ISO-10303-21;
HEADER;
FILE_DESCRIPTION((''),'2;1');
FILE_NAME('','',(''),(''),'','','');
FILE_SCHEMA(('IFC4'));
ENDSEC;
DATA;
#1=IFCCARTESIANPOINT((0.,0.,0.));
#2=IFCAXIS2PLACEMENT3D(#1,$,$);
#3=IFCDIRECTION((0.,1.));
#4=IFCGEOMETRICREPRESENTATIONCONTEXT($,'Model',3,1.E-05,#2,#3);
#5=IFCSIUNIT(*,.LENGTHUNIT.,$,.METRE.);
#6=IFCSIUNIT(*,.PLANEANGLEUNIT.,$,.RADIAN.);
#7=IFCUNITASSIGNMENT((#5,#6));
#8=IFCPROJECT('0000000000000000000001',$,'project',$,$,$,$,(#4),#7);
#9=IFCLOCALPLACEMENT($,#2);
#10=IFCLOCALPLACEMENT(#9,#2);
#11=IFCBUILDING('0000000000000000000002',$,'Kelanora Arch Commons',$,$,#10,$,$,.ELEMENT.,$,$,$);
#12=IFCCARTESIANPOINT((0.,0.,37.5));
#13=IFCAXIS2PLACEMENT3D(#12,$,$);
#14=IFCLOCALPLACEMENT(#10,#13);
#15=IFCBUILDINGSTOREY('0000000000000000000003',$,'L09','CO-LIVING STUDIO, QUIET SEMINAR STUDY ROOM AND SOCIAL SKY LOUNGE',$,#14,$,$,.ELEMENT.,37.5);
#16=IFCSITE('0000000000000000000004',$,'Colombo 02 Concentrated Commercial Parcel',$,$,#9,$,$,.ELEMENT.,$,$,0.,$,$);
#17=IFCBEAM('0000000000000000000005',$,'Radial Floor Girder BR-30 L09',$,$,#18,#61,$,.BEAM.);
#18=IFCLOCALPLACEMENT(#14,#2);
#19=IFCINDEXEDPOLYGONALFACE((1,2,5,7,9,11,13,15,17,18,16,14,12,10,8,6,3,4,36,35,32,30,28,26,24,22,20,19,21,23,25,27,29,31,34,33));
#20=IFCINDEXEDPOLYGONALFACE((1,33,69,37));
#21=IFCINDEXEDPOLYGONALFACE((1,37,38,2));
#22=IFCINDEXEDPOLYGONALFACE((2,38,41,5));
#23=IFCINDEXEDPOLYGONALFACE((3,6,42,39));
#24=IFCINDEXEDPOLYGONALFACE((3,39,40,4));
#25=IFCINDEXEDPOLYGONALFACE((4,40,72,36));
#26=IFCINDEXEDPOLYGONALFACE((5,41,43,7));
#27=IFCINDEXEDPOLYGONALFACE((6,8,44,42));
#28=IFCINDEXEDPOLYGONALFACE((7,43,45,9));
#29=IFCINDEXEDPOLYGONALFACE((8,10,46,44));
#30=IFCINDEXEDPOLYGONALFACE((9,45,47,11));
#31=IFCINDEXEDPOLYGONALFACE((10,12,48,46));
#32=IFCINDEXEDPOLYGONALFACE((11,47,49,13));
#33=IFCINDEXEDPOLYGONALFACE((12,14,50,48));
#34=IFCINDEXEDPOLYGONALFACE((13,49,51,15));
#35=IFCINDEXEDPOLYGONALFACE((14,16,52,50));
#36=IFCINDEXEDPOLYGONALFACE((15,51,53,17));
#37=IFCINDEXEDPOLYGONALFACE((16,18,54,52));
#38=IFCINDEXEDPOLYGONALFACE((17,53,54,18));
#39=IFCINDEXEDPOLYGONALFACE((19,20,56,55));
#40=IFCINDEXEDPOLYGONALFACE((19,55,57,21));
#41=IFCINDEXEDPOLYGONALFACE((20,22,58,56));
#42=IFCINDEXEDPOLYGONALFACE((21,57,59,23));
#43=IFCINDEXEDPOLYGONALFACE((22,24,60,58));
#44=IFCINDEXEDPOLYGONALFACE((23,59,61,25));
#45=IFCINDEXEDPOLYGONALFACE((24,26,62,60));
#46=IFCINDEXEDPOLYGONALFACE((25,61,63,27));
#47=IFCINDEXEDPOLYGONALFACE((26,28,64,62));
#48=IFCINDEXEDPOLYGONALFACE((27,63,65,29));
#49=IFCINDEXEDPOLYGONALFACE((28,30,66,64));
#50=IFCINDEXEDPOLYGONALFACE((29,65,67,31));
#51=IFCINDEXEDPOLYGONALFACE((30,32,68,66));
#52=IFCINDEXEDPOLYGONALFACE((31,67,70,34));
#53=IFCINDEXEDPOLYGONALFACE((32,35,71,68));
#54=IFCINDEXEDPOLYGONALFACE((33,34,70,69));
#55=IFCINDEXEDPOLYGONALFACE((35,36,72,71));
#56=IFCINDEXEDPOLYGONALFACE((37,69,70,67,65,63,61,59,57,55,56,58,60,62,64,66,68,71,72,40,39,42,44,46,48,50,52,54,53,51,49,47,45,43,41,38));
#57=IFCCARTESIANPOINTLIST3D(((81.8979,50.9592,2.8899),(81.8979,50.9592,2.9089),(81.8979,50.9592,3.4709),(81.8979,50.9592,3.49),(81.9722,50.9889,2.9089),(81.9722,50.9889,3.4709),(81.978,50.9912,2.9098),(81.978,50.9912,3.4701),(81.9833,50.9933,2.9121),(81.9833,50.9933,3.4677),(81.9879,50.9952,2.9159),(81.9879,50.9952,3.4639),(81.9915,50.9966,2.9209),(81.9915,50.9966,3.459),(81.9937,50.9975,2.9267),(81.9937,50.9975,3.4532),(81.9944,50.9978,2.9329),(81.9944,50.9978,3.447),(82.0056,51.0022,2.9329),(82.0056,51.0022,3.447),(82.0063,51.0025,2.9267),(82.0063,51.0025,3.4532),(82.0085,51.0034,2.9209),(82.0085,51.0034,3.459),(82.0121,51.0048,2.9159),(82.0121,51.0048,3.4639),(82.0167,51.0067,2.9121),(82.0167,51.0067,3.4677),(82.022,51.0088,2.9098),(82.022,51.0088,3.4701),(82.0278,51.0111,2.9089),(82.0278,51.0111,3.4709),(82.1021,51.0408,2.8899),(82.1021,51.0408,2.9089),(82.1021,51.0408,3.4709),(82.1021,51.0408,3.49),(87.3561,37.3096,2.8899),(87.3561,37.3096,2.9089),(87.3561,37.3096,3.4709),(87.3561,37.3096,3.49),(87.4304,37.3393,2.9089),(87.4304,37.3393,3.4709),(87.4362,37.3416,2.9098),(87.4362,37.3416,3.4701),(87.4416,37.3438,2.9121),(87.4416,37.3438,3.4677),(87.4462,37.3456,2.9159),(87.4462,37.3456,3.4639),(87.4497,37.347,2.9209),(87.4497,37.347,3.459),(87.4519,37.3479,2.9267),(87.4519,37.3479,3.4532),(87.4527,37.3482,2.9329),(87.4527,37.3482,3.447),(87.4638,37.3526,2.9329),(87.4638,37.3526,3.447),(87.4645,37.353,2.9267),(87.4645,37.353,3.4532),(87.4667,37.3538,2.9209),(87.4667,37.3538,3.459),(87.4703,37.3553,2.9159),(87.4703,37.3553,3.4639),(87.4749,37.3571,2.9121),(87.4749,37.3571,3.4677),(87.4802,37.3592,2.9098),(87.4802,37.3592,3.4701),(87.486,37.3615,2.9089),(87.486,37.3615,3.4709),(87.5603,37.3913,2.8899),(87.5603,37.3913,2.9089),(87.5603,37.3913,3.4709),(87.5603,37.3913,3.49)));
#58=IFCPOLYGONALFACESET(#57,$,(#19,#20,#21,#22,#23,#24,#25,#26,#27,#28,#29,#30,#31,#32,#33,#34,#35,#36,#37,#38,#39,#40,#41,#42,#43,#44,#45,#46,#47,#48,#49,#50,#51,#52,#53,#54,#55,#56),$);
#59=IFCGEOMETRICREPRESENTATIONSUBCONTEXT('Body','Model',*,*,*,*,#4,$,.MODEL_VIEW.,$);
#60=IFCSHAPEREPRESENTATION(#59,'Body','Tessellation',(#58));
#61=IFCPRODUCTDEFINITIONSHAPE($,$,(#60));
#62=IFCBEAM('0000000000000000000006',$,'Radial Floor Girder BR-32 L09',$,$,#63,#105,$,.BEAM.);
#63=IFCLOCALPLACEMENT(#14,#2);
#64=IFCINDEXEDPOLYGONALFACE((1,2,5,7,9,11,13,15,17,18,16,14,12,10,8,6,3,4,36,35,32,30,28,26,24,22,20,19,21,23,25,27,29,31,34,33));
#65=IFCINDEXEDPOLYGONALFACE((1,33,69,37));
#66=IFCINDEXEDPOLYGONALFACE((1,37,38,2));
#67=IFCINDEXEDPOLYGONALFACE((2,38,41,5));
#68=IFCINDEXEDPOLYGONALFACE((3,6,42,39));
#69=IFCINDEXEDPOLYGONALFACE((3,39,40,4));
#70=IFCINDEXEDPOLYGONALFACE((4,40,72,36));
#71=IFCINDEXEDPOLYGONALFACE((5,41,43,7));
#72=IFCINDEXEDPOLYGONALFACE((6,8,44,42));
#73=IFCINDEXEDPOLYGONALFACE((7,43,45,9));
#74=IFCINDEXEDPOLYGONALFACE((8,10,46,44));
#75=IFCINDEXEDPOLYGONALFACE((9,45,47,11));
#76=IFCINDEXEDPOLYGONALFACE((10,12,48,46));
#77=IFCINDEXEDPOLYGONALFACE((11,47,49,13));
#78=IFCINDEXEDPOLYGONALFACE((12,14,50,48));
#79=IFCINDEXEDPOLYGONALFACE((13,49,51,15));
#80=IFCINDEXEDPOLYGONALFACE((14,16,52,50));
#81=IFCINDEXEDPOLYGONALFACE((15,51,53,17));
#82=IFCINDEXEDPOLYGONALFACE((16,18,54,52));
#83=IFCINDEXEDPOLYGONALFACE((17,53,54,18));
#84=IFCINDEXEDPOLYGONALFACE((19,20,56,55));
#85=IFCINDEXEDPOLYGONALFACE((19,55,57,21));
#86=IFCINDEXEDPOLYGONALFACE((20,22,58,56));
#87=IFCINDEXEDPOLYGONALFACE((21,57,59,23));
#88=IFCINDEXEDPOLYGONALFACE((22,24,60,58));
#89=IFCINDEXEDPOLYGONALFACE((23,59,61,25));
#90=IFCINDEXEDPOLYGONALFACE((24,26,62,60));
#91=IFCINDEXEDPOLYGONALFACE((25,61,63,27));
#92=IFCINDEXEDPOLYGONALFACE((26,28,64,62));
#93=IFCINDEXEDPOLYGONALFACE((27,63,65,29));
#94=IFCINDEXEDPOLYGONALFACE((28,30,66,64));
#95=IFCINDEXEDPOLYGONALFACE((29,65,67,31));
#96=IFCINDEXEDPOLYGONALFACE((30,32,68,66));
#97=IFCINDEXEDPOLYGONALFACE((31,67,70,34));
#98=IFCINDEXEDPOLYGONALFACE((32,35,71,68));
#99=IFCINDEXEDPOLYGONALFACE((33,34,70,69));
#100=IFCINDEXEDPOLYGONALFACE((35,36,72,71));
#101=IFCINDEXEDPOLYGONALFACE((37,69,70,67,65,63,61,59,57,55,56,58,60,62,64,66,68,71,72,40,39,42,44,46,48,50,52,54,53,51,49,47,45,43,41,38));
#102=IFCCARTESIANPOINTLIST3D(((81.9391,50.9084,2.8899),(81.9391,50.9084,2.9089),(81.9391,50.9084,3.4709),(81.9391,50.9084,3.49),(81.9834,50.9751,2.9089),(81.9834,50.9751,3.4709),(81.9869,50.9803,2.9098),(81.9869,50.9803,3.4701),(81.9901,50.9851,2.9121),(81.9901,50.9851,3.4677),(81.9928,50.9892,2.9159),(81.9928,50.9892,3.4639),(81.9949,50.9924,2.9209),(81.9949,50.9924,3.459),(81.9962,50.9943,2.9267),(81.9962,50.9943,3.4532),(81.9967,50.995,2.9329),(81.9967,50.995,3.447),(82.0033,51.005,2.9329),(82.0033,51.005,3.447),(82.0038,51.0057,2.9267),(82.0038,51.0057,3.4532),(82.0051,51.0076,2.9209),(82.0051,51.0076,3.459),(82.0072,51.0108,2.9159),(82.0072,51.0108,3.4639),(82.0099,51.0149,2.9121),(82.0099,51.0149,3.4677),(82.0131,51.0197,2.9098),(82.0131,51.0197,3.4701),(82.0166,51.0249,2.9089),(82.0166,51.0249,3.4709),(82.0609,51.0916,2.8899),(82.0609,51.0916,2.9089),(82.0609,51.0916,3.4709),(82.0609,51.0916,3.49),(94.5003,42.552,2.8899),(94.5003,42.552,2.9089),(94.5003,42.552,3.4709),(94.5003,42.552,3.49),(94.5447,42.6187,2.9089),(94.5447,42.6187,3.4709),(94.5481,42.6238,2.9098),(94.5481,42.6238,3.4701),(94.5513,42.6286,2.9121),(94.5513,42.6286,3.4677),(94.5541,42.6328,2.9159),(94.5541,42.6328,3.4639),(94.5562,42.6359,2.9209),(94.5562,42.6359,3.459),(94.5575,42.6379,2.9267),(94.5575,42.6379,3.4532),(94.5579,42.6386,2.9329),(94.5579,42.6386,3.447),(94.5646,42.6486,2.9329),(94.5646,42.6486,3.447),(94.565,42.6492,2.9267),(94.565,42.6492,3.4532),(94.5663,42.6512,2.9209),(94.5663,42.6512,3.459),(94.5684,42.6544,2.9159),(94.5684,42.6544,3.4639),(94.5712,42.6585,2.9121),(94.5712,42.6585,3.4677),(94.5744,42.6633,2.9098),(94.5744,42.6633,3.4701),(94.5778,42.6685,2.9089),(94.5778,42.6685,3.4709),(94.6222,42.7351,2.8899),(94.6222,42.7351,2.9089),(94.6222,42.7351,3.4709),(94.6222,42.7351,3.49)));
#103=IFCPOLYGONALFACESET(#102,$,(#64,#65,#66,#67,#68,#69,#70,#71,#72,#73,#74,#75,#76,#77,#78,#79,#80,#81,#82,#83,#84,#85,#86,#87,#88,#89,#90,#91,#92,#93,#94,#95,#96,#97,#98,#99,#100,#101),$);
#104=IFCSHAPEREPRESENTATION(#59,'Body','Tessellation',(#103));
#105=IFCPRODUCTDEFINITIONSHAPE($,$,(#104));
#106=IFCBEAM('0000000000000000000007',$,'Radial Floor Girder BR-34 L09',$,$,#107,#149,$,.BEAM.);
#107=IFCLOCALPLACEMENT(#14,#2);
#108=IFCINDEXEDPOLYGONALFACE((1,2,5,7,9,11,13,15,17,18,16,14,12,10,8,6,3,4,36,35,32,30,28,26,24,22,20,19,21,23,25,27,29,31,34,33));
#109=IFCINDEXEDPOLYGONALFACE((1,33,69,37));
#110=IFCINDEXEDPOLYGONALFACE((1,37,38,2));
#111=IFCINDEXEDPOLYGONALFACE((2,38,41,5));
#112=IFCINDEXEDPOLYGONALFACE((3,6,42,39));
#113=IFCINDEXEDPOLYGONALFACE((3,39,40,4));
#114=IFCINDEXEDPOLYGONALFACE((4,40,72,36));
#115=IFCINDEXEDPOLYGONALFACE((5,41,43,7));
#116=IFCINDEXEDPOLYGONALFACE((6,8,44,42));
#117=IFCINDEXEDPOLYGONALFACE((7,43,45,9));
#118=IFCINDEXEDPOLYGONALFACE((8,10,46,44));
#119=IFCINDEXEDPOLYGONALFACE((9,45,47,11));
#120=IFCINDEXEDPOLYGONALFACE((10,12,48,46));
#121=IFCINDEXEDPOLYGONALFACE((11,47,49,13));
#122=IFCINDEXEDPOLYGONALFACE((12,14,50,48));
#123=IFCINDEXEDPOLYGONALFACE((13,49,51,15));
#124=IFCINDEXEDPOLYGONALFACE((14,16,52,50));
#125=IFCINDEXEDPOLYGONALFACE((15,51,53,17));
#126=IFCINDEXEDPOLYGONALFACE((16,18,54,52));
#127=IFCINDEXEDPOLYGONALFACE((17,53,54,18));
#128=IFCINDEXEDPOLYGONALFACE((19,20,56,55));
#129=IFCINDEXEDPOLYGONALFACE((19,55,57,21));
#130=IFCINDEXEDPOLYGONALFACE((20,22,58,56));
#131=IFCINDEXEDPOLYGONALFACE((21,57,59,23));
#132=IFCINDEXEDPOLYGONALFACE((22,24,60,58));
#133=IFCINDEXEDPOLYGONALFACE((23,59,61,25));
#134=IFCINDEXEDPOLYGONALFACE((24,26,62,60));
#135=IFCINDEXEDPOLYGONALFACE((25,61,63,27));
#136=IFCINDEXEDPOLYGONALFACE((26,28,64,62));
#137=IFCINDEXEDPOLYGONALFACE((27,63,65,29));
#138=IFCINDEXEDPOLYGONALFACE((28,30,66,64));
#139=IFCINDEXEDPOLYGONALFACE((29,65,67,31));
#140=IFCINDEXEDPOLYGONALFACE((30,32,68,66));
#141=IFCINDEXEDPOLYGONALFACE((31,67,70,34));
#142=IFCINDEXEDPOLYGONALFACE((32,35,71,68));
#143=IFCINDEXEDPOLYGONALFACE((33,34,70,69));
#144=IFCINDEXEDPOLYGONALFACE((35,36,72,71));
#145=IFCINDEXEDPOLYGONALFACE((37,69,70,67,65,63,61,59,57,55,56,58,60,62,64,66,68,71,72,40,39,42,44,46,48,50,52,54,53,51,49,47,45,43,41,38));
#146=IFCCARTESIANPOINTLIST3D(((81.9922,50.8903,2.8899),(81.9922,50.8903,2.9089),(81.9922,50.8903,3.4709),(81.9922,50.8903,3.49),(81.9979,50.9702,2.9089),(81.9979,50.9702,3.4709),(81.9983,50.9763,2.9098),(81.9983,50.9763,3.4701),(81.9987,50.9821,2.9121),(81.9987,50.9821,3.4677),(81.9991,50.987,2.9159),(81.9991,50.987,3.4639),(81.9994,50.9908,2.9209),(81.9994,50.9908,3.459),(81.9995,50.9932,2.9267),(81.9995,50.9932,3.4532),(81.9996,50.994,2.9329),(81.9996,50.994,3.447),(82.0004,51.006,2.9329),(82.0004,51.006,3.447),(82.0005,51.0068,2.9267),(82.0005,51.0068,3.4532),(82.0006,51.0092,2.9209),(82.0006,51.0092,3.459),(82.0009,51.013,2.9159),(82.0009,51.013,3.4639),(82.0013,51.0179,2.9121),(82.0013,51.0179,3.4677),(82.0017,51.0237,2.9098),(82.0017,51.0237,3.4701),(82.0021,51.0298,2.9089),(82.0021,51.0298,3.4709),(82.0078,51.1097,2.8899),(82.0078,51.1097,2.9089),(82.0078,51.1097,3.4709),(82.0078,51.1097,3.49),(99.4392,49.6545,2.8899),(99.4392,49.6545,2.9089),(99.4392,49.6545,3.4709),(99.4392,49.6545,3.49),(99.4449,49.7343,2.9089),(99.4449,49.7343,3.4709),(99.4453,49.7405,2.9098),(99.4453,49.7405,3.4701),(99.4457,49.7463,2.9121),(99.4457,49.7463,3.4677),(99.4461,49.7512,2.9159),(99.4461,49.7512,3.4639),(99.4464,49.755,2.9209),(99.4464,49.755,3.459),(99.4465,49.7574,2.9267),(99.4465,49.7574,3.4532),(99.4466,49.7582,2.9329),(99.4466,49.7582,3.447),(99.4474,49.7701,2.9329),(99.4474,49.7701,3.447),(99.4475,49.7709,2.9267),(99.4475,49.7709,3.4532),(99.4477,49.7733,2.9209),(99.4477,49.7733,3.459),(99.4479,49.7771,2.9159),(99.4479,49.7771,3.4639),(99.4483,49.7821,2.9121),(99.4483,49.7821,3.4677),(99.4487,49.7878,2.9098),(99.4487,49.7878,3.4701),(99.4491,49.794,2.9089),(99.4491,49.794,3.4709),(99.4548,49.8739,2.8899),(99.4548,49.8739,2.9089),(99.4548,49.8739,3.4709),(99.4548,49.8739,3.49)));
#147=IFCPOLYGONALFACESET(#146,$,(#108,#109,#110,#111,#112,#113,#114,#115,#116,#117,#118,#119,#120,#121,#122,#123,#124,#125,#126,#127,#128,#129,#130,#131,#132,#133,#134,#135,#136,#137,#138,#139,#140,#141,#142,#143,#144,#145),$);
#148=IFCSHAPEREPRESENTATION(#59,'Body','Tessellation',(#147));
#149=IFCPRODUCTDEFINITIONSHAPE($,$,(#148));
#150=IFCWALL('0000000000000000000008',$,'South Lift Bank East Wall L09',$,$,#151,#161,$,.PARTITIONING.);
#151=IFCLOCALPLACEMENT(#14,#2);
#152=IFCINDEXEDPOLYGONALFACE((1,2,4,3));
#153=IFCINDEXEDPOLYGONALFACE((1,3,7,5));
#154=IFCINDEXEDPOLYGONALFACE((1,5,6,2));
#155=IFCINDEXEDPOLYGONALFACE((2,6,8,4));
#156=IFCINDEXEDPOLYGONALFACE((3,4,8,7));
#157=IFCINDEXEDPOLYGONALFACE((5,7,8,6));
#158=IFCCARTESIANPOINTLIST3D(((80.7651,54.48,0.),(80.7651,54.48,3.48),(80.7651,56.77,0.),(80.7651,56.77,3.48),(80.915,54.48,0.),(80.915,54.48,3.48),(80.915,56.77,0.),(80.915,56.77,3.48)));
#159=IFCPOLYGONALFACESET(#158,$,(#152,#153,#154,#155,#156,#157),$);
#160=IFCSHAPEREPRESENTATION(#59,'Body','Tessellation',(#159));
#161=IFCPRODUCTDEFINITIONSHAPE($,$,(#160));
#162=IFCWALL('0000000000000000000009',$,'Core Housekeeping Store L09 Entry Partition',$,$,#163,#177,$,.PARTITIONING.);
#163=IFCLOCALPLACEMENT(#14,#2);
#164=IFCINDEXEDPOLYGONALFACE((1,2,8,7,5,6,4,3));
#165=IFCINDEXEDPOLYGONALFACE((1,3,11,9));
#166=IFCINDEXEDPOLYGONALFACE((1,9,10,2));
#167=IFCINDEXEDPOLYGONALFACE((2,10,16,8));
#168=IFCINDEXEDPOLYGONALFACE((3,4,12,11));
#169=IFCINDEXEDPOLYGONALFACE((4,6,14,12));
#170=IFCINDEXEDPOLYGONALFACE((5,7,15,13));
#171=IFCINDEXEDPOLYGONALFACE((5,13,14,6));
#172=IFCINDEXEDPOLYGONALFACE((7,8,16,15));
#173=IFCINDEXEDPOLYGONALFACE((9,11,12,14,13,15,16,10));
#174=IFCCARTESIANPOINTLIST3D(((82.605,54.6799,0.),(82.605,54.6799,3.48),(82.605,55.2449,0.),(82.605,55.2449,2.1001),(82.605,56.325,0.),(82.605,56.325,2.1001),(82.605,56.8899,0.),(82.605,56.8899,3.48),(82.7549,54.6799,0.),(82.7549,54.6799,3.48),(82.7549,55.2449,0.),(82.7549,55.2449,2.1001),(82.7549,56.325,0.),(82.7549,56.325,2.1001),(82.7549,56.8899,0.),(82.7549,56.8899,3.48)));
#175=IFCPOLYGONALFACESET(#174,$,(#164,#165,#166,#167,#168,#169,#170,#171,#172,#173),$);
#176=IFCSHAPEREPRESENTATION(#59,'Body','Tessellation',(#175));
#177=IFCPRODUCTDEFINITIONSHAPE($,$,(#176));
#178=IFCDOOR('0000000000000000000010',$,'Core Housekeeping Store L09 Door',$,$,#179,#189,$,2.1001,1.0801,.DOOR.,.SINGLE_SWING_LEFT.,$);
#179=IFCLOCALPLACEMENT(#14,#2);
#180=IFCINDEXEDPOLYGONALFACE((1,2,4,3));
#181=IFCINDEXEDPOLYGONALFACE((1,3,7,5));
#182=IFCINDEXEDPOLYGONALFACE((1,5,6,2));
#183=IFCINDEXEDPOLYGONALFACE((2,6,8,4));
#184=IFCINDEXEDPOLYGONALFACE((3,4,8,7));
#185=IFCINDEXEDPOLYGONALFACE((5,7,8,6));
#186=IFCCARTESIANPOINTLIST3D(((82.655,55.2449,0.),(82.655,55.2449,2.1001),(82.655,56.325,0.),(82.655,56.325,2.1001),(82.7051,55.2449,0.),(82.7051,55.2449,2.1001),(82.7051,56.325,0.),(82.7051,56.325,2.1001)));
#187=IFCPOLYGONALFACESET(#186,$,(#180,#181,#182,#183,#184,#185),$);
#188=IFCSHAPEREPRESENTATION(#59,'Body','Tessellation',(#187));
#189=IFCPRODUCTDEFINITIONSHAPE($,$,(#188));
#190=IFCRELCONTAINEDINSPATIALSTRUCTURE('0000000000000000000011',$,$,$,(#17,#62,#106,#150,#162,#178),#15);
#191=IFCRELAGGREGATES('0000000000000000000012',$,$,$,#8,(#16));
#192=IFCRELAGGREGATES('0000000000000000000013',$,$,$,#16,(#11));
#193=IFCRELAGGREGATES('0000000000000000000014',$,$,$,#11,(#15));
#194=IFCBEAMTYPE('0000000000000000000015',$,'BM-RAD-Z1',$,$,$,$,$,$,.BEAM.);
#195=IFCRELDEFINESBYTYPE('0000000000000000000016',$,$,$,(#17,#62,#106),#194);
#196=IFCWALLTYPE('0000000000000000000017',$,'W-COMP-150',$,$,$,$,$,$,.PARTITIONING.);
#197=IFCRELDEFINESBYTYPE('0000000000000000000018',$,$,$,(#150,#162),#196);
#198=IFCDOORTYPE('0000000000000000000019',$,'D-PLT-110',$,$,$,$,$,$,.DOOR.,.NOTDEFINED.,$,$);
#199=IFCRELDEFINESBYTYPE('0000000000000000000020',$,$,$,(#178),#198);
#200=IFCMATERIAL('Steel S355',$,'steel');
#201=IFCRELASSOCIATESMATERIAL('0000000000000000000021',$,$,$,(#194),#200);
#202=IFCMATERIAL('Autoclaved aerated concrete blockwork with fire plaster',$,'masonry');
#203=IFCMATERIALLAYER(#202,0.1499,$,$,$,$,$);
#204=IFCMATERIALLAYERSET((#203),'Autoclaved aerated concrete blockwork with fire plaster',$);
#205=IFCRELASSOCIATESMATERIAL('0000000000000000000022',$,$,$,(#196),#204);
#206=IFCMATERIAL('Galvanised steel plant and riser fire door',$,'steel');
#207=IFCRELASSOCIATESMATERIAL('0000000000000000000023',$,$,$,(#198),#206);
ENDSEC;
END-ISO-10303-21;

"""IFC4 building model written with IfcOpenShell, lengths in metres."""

from ifc_helpers import new_model, si_unit, direction, frame, frame_2d, origin, origin_2d, place, context, subcontext, project, spatial, rectangle, i_section, extrude, material, layer, layer_set, material_profile, profile_set, type_object, element, fill, save


model = new_model("IFC4")

# Units and contexts
model_context = context("Model", 3, precision=1e-05, world=origin(), true_north=direction((0.0, 1.0)))
body_context = subcontext(model_context, "Body", "Model", "MODEL_VIEW")
ifc_project = project(units=[si_unit("LENGTHUNIT", "METRE"), si_unit("PLANEANGLEUNIT", "RADIAN")], contexts=[model_context])

# Site, building, storey
site_placement = place(None, origin())
site = spatial("IfcSite", under=ifc_project, at=site_placement, Name="Colombo 02 Concentrated Commercial Parcel", CompositionType="ELEMENT", RefElevation=0.0)
building_placement = place(site_placement, origin())
building = spatial("IfcBuilding", under=site, at=building_placement, Name="Kelanora Arch Commons", CompositionType="ELEMENT")
storey_placement = place(building_placement, frame((0.0, 0.0, 37.5)))
storey = spatial("IfcBuildingStorey", under=building, at=storey_placement, Name="L09", Description="CO-LIVING STUDIO, QUIET SEMINAR STUDY ROOM AND SOCIAL SKY LOUNGE", CompositionType="ELEMENT", Elevation=37.5)

# Beams
ifc_material_1 = material(Name="Steel S355", Category="steel")
ifc_material_profile_1 = material_profile(ifc_material_1, i_section(OverallWidth=0.22, OverallDepth=0.6001, WebThickness=0.012, FlangeThickness=0.019, FilletRadius=0.0239, at=origin_2d()), Name="IPE600")
ifc_profile_set_1 = profile_set([ifc_material_profile_1], Name="Steel S355")
beam_type_1 = type_object("IfcBeamType", Name="BM-RAD-Z1", PredefinedType="BEAM", material=ifc_profile_set_1)
beam_1_placement = place(storey_placement, frame((82.0, 51.0, 3.1899), z_axis=(0.371296, -0.928514, 0.0), x_axis=(0.928514, 0.371296, 0.0)))
element("IfcBeam", 1, at=beam_1_placement, inside=storey, type_object=beam_type_1, Name="Radial Floor Girder BR-30 L09", PredefinedType="BEAM", context=body_context, shape_type="SweptSolid", body=[
    extrude(i_section(OverallWidth=0.22, OverallDepth=0.6001, WebThickness=0.012, FlangeThickness=0.019, FilletRadius=0.0239, at=origin_2d()), origin(), (0.0, 0.0, 1.0), 14.7004),
])
beam_2_placement = place(storey_placement, frame((82.0, 51.0, 3.1899), z_axis=(0.832593, -0.553886, 0.0), x_axis=(0.553886, 0.832593, 0.0)))
element("IfcBeam", 2, at=beam_2_placement, inside=storey, type_object=beam_type_1, Name="Radial Floor Girder BR-32 L09", PredefinedType="BEAM", context=body_context, shape_type="SweptSolid", body=[
    extrude(i_section(OverallWidth=0.22, OverallDepth=0.6001, WebThickness=0.012, FlangeThickness=0.019, FilletRadius=0.0239, at=origin_2d()), origin(), (0.0, 0.0, 1.0), 15.0869),
])
beam_3_placement = place(storey_placement, frame((82.0, 51.0, 3.1899), z_axis=(0.997501, -0.070657, 0.0), x_axis=(0.070657, 0.997501, 0.0)))
element("IfcBeam", 3, at=beam_3_placement, inside=storey, type_object=beam_type_1, Name="Radial Floor Girder BR-34 L09", PredefinedType="BEAM", context=body_context, shape_type="SweptSolid", body=[
    extrude(i_section(OverallWidth=0.22, OverallDepth=0.6001, WebThickness=0.012, FlangeThickness=0.019, FilletRadius=0.0239, at=origin_2d()), origin(), (0.0, 0.0, 1.0), 17.4907),
])

# Wall
ifc_material_2 = material(Name="Autoclaved aerated concrete blockwork with fire plaster", Category="masonry")
ifc_layer_1 = layer(ifc_material_2, 0.1499)
ifc_layer_set_1 = layer_set([ifc_layer_1], Name="Autoclaved aerated concrete blockwork with fire plaster")
wall_type_1 = type_object("IfcWallType", Name="W-COMP-150", PredefinedType="PARTITIONING", material=ifc_layer_set_1)
wall_1_placement = place(storey_placement, frame((80.8401, 54.48, 0.0), z_axis=(0.0, 0.0, 1.0), x_axis=(0.0, 1.0, 0.0)))
element("IfcWall", 4, at=wall_1_placement, inside=storey, type_object=wall_type_1, Name="South Lift Bank East Wall L09", PredefinedType="PARTITIONING", context=body_context, shape_type="SweptSolid", body=[
    extrude(rectangle(XDim=2.29, YDim=0.1499, at=frame_2d((1.145, 0.0))), origin(), (0.0, 0.0, 1.0), 3.48),
])

# Wall, opening, door
wall_2_placement = place(storey_placement, frame((82.6799, 54.6799, 0.0), z_axis=(0.0, 0.0, 1.0), x_axis=(0.0, 1.0, 0.0)))
wall_2 = element("IfcWall", 5, at=wall_2_placement, inside=storey, type_object=wall_type_1, Name="Core Housekeeping Store L09 Entry Partition", PredefinedType="PARTITIONING", context=body_context, shape_type="SweptSolid", body=[
    extrude(rectangle(XDim=2.21, YDim=0.1499, at=frame_2d((1.105, 0.0))), origin(), (0.0, 0.0, 1.0), 3.48),
])
opening_1_placement = place(wall_2_placement, frame((0.5649, 0.0, 0.0)))
opening_1 = element("IfcOpeningElement", 6, at=opening_1_placement, cuts=wall_2, PredefinedType="OPENING", context=body_context, shape_type="SweptSolid", body=[
    extrude(rectangle(XDim=1.0801, YDim=2.1001, at=frame_2d((0.54, 1.05))), frame((0.0, 0.085, 0.0), z_axis=(0.0, -1.0, 0.0), x_axis=(1.0, 0.0, 0.0)), (0.0, 0.0, 1.0), 0.1699),
])
ifc_material_3 = material(Name="Galvanised steel plant and riser fire door", Category="steel")
door_type_1 = type_object("IfcDoorType", Name="D-PLT-110", OperationType="NOTDEFINED", PredefinedType="DOOR", material=ifc_material_3)
door_1_placement = place(opening_1_placement, origin())
door_1 = element("IfcDoor", 7, at=door_1_placement, inside=storey, type_object=door_type_1, Name="Core Housekeeping Store L09 Door", OperationType="SINGLE_SWING_LEFT", OverallHeight=2.1001, OverallWidth=1.0801, PredefinedType="DOOR", context=body_context, shape_type="SweptSolid", body=[
    extrude(rectangle(XDim=1.0801, YDim=2.1001, at=frame_2d((0.54, 1.05))), frame((0.0, 0.0249, 0.0), z_axis=(0.0, -1.0, 0.0), x_axis=(1.0, 0.0, 0.0)), (0.0, 0.0, 1.0), 0.05),
])
fill(opening_1, door_1)

save(model, "model.ifc")
